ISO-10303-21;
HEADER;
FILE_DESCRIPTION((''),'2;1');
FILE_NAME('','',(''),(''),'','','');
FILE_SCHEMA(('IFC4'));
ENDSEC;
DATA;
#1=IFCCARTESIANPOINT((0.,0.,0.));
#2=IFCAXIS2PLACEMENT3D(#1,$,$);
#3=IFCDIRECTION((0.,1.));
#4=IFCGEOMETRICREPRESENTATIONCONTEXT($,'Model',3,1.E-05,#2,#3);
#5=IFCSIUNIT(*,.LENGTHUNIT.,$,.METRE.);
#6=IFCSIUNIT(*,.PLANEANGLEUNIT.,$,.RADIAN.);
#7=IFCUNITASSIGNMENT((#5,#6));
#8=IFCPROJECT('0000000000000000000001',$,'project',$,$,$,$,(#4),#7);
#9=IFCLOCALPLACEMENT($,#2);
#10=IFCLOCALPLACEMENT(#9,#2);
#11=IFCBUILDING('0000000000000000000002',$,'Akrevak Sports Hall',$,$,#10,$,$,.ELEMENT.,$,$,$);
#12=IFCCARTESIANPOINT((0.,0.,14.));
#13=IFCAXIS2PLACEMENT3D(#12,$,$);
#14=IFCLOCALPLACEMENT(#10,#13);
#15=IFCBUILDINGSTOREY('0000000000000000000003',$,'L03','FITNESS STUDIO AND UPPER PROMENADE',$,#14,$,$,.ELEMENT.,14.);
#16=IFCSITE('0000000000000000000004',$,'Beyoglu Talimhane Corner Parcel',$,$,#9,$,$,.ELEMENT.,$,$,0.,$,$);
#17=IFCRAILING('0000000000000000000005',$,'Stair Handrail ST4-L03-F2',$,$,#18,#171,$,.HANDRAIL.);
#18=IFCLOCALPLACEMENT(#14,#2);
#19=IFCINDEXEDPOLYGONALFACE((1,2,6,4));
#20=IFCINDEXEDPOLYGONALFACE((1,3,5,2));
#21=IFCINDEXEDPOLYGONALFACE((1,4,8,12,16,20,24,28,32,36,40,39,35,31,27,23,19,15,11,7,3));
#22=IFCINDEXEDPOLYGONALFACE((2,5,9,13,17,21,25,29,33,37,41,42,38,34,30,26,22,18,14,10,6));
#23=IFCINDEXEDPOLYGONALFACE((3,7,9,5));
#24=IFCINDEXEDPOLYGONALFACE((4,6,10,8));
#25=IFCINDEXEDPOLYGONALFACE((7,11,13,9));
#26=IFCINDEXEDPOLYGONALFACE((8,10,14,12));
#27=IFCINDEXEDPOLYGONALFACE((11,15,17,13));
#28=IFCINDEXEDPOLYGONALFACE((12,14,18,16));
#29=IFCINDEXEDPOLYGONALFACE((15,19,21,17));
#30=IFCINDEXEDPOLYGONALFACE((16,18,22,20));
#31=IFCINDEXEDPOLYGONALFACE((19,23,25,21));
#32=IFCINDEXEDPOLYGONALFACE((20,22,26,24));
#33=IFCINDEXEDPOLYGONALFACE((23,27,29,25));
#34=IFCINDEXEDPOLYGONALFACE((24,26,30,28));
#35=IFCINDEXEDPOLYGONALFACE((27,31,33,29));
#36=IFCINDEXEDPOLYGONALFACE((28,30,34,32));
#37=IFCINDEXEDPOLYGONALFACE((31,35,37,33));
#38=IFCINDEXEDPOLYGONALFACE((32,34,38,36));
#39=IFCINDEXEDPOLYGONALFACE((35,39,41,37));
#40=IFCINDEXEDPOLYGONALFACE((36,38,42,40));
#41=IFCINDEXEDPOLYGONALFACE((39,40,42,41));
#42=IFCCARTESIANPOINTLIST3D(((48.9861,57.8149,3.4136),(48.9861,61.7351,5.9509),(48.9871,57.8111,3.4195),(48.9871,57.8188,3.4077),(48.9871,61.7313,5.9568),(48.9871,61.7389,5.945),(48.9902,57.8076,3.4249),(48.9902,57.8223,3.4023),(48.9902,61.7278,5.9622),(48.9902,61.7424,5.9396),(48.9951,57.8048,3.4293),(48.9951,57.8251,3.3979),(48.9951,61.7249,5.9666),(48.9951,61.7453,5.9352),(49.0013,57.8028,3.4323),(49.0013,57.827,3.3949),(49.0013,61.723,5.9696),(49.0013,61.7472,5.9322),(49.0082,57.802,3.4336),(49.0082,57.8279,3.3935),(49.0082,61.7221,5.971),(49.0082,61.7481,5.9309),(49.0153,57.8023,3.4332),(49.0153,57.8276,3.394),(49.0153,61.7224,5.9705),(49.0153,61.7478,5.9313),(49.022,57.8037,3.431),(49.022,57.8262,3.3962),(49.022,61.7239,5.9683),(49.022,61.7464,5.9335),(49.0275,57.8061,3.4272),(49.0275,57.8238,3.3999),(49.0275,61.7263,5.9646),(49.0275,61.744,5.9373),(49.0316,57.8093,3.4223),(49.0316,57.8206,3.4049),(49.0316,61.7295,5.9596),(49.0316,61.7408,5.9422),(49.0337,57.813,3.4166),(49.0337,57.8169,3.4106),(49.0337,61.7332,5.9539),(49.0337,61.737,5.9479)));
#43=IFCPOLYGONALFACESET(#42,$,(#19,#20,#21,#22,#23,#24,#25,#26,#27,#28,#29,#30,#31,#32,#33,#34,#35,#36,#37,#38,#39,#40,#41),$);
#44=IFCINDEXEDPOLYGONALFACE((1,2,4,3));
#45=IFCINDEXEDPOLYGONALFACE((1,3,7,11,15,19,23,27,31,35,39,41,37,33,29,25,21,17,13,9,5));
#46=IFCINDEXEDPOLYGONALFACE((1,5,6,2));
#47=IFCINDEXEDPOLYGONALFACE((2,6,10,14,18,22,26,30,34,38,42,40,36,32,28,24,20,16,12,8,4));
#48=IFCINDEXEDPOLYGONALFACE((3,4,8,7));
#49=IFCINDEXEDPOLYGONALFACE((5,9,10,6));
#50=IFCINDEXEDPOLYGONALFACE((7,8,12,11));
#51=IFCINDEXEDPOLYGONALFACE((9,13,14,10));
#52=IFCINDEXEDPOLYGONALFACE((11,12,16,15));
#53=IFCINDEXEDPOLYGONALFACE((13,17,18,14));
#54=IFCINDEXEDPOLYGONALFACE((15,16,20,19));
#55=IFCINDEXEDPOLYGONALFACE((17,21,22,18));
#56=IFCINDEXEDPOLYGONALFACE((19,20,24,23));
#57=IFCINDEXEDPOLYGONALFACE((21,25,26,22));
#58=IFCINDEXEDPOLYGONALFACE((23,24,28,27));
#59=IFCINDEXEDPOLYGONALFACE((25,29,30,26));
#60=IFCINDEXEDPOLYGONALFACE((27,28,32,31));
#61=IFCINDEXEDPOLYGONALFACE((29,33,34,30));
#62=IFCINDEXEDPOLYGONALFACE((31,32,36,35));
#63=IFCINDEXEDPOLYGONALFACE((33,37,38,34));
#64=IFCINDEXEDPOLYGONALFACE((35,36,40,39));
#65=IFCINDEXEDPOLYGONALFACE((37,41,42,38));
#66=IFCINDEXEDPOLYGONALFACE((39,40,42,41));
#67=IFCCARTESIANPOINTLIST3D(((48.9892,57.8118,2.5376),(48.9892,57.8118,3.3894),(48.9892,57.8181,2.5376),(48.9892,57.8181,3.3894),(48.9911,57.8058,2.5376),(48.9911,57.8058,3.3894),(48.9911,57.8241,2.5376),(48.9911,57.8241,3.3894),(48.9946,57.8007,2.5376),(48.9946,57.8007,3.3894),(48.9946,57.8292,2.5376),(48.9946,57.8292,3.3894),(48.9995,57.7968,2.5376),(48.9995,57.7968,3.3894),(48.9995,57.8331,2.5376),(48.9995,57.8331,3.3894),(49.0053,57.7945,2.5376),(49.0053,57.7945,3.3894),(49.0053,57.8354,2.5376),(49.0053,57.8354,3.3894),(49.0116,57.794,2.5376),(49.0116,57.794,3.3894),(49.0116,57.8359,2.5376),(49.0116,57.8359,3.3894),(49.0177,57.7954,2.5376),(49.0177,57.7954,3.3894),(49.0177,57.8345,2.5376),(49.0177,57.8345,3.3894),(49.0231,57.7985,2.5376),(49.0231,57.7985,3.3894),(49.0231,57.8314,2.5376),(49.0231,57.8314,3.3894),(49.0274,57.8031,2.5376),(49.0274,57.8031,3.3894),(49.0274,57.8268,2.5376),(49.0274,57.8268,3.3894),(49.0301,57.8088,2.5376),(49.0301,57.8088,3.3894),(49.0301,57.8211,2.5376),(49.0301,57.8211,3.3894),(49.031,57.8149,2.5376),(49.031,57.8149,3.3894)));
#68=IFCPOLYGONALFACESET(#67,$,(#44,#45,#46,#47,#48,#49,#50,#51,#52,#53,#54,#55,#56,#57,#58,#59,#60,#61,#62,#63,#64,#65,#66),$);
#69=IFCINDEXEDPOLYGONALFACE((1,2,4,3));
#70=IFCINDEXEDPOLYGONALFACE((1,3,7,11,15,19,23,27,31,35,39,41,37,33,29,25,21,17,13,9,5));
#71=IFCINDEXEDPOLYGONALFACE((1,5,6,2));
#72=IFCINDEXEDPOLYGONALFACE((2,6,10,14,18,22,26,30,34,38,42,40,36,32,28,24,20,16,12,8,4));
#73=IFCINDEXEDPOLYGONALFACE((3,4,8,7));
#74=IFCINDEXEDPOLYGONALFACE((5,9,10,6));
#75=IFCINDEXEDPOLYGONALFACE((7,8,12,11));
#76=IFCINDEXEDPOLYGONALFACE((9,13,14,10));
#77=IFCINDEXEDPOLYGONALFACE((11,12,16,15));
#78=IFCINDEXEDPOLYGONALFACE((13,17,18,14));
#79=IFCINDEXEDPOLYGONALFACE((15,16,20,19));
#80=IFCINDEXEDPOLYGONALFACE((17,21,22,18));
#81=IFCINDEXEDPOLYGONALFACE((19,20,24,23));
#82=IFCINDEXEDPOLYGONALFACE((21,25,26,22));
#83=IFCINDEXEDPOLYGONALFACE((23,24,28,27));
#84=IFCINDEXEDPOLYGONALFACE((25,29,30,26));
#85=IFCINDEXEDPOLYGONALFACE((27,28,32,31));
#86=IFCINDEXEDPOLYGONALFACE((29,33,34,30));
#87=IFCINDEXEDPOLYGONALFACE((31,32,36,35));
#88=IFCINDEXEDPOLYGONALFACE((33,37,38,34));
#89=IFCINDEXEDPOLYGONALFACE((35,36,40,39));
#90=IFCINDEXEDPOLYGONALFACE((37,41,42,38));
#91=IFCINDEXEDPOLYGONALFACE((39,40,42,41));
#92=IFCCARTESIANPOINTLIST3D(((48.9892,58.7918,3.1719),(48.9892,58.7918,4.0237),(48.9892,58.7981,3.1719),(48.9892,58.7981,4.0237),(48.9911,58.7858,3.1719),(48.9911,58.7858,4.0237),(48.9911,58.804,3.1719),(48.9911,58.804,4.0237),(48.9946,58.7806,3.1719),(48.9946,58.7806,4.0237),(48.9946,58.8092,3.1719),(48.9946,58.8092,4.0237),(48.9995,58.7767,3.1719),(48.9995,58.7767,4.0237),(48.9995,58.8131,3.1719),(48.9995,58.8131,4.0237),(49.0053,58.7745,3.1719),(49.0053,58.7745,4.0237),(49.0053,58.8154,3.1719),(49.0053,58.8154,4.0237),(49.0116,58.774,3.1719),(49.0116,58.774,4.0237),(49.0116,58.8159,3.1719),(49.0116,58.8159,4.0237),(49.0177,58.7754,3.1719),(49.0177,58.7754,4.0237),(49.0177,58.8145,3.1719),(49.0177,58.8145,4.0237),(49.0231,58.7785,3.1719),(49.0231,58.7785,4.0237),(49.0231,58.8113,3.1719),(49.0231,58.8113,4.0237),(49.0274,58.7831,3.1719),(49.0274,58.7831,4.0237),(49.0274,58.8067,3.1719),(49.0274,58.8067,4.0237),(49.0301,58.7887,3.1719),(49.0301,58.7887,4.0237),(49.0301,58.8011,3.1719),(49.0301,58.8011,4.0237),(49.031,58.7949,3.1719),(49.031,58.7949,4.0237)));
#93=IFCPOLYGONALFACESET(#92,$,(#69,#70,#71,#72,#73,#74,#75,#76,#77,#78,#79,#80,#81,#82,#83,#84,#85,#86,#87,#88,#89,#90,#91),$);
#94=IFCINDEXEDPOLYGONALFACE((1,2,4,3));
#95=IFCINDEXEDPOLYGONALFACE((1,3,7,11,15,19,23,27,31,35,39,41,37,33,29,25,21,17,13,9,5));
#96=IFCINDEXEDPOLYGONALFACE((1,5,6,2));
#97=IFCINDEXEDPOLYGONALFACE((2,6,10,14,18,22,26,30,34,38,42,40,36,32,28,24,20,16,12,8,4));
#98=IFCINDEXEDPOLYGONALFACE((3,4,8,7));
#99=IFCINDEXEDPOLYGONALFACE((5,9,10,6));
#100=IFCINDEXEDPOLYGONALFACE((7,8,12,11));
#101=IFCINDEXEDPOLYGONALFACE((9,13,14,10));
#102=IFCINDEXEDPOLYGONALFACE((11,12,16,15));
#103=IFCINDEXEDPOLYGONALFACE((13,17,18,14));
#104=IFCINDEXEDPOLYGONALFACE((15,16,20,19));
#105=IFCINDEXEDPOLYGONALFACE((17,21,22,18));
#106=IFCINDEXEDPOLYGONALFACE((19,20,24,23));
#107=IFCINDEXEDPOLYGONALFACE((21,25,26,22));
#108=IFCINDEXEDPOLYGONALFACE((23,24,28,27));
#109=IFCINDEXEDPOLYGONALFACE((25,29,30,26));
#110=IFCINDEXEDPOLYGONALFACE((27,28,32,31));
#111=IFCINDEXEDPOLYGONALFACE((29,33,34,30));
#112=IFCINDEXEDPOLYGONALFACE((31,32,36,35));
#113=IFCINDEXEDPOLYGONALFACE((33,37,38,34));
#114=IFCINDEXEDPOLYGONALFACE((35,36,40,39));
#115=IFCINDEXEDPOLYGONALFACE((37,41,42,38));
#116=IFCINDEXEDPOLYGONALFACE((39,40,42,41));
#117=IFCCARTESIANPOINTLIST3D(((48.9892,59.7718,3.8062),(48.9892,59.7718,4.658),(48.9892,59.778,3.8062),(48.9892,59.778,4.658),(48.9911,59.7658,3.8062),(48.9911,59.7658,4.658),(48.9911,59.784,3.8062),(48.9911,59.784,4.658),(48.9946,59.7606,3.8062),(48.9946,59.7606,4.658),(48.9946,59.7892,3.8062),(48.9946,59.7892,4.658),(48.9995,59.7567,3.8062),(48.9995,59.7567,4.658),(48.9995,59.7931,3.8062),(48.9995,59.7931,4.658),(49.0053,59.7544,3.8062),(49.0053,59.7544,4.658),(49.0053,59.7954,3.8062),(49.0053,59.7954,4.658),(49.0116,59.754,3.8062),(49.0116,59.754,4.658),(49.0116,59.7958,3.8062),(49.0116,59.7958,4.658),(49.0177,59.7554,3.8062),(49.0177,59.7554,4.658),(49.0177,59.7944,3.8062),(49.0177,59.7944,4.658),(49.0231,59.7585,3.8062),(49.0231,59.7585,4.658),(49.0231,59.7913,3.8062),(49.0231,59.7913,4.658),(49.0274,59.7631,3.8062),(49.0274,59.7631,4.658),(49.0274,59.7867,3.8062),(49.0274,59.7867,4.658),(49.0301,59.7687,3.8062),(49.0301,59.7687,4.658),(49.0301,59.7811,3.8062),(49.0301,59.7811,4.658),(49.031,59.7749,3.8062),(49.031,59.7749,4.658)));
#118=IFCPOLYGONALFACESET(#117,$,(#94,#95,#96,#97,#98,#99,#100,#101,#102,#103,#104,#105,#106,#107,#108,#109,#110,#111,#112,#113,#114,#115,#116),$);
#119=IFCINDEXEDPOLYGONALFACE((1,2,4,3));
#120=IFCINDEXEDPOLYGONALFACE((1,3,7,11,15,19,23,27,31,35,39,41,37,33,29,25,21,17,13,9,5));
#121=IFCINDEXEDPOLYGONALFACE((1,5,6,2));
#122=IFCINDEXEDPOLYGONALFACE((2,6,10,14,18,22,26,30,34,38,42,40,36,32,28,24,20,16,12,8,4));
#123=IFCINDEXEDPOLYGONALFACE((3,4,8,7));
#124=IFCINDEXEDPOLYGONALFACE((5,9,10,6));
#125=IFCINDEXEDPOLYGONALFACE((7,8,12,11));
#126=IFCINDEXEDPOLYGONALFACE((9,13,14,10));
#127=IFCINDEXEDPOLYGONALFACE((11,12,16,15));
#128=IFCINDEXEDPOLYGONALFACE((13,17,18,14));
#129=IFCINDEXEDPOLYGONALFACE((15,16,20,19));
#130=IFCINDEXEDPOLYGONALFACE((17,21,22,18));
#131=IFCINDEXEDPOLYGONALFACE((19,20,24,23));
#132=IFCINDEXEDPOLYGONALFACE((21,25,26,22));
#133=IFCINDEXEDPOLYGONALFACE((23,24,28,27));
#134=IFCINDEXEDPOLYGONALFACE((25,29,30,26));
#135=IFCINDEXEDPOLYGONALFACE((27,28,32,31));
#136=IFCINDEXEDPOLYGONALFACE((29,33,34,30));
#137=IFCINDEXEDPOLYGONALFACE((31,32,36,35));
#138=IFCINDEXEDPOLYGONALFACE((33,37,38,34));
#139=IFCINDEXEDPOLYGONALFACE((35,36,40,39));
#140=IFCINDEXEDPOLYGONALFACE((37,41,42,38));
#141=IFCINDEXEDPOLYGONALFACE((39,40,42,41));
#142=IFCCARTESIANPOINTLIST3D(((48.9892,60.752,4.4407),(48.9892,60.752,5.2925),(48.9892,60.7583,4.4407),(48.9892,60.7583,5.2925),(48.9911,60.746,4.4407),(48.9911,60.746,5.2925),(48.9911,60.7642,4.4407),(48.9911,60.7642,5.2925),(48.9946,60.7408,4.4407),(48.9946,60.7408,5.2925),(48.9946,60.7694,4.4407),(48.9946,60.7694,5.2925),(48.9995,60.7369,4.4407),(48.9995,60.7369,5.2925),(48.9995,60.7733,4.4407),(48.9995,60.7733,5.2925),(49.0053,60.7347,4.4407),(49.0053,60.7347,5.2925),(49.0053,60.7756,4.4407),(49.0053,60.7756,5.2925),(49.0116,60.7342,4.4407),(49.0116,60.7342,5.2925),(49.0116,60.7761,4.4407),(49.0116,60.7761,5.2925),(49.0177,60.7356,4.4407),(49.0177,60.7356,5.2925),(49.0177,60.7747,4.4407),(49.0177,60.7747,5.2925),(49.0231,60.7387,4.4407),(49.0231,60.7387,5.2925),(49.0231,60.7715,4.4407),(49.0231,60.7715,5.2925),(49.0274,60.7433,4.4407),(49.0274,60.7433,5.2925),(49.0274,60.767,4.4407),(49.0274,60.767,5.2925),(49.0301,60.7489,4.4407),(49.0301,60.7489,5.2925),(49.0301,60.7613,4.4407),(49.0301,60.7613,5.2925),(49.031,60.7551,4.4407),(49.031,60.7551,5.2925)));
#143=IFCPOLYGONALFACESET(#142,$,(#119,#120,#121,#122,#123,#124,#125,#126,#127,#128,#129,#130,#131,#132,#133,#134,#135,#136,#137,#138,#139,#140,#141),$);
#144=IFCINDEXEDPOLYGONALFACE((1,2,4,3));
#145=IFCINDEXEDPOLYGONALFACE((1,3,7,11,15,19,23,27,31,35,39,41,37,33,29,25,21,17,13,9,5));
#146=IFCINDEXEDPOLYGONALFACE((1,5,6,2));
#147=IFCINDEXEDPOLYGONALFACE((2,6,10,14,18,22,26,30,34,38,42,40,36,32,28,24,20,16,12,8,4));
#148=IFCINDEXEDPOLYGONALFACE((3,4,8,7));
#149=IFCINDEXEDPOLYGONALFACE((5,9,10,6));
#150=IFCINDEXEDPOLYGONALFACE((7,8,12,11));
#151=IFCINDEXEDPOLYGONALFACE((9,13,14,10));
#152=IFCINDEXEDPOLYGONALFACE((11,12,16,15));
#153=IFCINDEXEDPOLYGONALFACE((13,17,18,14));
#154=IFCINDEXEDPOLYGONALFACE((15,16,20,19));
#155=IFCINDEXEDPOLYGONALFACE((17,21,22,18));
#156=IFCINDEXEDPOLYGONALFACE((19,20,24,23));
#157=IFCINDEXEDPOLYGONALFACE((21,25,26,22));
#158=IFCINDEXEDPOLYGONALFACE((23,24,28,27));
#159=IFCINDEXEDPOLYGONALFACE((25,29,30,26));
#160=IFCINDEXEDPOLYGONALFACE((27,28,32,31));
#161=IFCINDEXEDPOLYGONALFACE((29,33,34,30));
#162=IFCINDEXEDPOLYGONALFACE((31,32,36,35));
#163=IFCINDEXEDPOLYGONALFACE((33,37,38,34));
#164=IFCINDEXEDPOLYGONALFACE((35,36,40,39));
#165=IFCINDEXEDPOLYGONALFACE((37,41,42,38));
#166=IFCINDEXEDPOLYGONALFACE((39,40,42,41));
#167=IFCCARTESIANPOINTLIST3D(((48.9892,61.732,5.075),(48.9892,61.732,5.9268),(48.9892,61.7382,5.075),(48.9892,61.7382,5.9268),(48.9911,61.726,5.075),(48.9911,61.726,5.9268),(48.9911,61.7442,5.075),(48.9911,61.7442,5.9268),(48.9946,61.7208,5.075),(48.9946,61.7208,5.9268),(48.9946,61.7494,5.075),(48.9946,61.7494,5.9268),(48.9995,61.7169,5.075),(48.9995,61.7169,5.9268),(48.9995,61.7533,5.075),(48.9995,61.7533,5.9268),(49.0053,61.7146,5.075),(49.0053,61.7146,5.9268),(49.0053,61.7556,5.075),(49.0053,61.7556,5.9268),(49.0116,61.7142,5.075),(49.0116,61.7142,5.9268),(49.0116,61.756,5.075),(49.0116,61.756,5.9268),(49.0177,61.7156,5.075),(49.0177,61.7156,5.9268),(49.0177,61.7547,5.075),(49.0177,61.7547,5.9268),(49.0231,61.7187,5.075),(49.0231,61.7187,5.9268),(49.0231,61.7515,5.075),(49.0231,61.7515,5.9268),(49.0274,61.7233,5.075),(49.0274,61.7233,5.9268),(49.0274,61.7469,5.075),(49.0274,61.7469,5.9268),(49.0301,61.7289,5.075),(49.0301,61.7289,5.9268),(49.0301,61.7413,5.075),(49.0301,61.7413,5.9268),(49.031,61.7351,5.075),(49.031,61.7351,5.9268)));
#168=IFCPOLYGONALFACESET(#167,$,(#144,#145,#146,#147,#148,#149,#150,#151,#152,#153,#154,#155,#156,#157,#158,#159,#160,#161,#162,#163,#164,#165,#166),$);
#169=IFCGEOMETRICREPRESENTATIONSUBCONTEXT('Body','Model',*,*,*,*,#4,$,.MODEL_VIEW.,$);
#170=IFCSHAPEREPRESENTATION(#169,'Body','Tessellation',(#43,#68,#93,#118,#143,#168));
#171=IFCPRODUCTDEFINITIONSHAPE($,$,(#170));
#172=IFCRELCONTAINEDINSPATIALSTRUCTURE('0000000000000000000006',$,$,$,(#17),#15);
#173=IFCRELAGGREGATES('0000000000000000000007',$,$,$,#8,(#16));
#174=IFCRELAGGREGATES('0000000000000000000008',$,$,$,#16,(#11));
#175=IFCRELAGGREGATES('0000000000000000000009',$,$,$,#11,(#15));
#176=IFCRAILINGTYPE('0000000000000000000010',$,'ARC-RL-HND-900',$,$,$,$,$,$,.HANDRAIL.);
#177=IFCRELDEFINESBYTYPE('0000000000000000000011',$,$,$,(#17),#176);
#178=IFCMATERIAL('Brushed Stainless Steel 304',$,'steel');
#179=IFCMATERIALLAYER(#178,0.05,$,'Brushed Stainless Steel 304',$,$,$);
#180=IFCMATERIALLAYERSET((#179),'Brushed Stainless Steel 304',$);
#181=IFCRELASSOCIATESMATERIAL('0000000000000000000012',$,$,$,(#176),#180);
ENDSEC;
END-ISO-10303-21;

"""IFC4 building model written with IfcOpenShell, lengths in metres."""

from ifc_helpers import new_model, si_unit, direction, frame, origin, origin_2d, place, context, subcontext, project, spatial, circle, extrude, material, layer, layer_set, type_object, element, save


model = new_model("IFC4")

# Units and contexts
model_context = context("Model", 3, precision=1e-05, world=origin(), true_north=direction((0.0, 1.0)))
body_context = subcontext(model_context, "Body", "Model", "MODEL_VIEW")
ifc_project = project(units=[si_unit("LENGTHUNIT", "METRE"), si_unit("PLANEANGLEUNIT", "RADIAN")], contexts=[model_context])

# Site, building, storey
site_placement = place(None, origin())
site = spatial("IfcSite", under=ifc_project, at=site_placement, Name="Beyoglu Talimhane Corner Parcel", CompositionType="ELEMENT", RefElevation=0.0)
building_placement = place(site_placement, origin())
building = spatial("IfcBuilding", under=site, at=building_placement, Name="Akrevak Sports Hall", CompositionType="ELEMENT")
storey_placement = place(building_placement, frame((0.0, 0.0, 14.0)))
storey = spatial("IfcBuildingStorey", under=building, at=storey_placement, Name="L03", Description="FITNESS STUDIO AND UPPER PROMENADE", CompositionType="ELEMENT", Elevation=14.0)

# Railing
ifc_material_1 = material(Name="Brushed Stainless Steel 304", Category="steel")
ifc_layer_1 = layer(ifc_material_1, 0.05, Name="Brushed Stainless Steel 304")
ifc_layer_set_1 = layer_set([ifc_layer_1], Name="Brushed Stainless Steel 304")
railing_type_1 = type_object("IfcRailingType", Name="ARC-RL-HND-900", PredefinedType="HANDRAIL", material=ifc_layer_set_1)
railing_1_placement = place(storey_placement, frame((49.01, 57.8149, 2.5376)))
element("IfcRailing", 1, at=railing_1_placement, inside=storey, type_object=railing_type_1, Name="Stair Handrail ST4-L03-F2", PredefinedType="HANDRAIL", context=body_context, shape_type="SweptSolid", body=[
    extrude(circle(Radius=0.0239, at=origin_2d()), frame((0.0, 0.0, 0.876), z_axis=(0.0, 0.839494, 0.543368), x_axis=(-1.0, 0.0, 0.0)), (0.0, 0.0, 1.0), 4.6697),
    extrude(circle(Radius=0.021, at=origin_2d()), origin(), (0.0, 0.0, 1.0), 0.8518),
    extrude(circle(Radius=0.021, at=origin_2d()), frame((0.0, 0.98, 0.6343)), (0.0, 0.0, 1.0), 0.8518),
    extrude(circle(Radius=0.021, at=origin_2d()), frame((0.0, 1.96, 1.2686)), (0.0, 0.0, 1.0), 0.8518),
    extrude(circle(Radius=0.021, at=origin_2d()), frame((0.0, 2.9402, 1.9031)), (0.0, 0.0, 1.0), 0.8518),
    extrude(circle(Radius=0.021, at=origin_2d()), frame((0.0, 3.9202, 2.5374)), (0.0, 0.0, 1.0), 0.8518),
])

save(model, "model.ifc")
